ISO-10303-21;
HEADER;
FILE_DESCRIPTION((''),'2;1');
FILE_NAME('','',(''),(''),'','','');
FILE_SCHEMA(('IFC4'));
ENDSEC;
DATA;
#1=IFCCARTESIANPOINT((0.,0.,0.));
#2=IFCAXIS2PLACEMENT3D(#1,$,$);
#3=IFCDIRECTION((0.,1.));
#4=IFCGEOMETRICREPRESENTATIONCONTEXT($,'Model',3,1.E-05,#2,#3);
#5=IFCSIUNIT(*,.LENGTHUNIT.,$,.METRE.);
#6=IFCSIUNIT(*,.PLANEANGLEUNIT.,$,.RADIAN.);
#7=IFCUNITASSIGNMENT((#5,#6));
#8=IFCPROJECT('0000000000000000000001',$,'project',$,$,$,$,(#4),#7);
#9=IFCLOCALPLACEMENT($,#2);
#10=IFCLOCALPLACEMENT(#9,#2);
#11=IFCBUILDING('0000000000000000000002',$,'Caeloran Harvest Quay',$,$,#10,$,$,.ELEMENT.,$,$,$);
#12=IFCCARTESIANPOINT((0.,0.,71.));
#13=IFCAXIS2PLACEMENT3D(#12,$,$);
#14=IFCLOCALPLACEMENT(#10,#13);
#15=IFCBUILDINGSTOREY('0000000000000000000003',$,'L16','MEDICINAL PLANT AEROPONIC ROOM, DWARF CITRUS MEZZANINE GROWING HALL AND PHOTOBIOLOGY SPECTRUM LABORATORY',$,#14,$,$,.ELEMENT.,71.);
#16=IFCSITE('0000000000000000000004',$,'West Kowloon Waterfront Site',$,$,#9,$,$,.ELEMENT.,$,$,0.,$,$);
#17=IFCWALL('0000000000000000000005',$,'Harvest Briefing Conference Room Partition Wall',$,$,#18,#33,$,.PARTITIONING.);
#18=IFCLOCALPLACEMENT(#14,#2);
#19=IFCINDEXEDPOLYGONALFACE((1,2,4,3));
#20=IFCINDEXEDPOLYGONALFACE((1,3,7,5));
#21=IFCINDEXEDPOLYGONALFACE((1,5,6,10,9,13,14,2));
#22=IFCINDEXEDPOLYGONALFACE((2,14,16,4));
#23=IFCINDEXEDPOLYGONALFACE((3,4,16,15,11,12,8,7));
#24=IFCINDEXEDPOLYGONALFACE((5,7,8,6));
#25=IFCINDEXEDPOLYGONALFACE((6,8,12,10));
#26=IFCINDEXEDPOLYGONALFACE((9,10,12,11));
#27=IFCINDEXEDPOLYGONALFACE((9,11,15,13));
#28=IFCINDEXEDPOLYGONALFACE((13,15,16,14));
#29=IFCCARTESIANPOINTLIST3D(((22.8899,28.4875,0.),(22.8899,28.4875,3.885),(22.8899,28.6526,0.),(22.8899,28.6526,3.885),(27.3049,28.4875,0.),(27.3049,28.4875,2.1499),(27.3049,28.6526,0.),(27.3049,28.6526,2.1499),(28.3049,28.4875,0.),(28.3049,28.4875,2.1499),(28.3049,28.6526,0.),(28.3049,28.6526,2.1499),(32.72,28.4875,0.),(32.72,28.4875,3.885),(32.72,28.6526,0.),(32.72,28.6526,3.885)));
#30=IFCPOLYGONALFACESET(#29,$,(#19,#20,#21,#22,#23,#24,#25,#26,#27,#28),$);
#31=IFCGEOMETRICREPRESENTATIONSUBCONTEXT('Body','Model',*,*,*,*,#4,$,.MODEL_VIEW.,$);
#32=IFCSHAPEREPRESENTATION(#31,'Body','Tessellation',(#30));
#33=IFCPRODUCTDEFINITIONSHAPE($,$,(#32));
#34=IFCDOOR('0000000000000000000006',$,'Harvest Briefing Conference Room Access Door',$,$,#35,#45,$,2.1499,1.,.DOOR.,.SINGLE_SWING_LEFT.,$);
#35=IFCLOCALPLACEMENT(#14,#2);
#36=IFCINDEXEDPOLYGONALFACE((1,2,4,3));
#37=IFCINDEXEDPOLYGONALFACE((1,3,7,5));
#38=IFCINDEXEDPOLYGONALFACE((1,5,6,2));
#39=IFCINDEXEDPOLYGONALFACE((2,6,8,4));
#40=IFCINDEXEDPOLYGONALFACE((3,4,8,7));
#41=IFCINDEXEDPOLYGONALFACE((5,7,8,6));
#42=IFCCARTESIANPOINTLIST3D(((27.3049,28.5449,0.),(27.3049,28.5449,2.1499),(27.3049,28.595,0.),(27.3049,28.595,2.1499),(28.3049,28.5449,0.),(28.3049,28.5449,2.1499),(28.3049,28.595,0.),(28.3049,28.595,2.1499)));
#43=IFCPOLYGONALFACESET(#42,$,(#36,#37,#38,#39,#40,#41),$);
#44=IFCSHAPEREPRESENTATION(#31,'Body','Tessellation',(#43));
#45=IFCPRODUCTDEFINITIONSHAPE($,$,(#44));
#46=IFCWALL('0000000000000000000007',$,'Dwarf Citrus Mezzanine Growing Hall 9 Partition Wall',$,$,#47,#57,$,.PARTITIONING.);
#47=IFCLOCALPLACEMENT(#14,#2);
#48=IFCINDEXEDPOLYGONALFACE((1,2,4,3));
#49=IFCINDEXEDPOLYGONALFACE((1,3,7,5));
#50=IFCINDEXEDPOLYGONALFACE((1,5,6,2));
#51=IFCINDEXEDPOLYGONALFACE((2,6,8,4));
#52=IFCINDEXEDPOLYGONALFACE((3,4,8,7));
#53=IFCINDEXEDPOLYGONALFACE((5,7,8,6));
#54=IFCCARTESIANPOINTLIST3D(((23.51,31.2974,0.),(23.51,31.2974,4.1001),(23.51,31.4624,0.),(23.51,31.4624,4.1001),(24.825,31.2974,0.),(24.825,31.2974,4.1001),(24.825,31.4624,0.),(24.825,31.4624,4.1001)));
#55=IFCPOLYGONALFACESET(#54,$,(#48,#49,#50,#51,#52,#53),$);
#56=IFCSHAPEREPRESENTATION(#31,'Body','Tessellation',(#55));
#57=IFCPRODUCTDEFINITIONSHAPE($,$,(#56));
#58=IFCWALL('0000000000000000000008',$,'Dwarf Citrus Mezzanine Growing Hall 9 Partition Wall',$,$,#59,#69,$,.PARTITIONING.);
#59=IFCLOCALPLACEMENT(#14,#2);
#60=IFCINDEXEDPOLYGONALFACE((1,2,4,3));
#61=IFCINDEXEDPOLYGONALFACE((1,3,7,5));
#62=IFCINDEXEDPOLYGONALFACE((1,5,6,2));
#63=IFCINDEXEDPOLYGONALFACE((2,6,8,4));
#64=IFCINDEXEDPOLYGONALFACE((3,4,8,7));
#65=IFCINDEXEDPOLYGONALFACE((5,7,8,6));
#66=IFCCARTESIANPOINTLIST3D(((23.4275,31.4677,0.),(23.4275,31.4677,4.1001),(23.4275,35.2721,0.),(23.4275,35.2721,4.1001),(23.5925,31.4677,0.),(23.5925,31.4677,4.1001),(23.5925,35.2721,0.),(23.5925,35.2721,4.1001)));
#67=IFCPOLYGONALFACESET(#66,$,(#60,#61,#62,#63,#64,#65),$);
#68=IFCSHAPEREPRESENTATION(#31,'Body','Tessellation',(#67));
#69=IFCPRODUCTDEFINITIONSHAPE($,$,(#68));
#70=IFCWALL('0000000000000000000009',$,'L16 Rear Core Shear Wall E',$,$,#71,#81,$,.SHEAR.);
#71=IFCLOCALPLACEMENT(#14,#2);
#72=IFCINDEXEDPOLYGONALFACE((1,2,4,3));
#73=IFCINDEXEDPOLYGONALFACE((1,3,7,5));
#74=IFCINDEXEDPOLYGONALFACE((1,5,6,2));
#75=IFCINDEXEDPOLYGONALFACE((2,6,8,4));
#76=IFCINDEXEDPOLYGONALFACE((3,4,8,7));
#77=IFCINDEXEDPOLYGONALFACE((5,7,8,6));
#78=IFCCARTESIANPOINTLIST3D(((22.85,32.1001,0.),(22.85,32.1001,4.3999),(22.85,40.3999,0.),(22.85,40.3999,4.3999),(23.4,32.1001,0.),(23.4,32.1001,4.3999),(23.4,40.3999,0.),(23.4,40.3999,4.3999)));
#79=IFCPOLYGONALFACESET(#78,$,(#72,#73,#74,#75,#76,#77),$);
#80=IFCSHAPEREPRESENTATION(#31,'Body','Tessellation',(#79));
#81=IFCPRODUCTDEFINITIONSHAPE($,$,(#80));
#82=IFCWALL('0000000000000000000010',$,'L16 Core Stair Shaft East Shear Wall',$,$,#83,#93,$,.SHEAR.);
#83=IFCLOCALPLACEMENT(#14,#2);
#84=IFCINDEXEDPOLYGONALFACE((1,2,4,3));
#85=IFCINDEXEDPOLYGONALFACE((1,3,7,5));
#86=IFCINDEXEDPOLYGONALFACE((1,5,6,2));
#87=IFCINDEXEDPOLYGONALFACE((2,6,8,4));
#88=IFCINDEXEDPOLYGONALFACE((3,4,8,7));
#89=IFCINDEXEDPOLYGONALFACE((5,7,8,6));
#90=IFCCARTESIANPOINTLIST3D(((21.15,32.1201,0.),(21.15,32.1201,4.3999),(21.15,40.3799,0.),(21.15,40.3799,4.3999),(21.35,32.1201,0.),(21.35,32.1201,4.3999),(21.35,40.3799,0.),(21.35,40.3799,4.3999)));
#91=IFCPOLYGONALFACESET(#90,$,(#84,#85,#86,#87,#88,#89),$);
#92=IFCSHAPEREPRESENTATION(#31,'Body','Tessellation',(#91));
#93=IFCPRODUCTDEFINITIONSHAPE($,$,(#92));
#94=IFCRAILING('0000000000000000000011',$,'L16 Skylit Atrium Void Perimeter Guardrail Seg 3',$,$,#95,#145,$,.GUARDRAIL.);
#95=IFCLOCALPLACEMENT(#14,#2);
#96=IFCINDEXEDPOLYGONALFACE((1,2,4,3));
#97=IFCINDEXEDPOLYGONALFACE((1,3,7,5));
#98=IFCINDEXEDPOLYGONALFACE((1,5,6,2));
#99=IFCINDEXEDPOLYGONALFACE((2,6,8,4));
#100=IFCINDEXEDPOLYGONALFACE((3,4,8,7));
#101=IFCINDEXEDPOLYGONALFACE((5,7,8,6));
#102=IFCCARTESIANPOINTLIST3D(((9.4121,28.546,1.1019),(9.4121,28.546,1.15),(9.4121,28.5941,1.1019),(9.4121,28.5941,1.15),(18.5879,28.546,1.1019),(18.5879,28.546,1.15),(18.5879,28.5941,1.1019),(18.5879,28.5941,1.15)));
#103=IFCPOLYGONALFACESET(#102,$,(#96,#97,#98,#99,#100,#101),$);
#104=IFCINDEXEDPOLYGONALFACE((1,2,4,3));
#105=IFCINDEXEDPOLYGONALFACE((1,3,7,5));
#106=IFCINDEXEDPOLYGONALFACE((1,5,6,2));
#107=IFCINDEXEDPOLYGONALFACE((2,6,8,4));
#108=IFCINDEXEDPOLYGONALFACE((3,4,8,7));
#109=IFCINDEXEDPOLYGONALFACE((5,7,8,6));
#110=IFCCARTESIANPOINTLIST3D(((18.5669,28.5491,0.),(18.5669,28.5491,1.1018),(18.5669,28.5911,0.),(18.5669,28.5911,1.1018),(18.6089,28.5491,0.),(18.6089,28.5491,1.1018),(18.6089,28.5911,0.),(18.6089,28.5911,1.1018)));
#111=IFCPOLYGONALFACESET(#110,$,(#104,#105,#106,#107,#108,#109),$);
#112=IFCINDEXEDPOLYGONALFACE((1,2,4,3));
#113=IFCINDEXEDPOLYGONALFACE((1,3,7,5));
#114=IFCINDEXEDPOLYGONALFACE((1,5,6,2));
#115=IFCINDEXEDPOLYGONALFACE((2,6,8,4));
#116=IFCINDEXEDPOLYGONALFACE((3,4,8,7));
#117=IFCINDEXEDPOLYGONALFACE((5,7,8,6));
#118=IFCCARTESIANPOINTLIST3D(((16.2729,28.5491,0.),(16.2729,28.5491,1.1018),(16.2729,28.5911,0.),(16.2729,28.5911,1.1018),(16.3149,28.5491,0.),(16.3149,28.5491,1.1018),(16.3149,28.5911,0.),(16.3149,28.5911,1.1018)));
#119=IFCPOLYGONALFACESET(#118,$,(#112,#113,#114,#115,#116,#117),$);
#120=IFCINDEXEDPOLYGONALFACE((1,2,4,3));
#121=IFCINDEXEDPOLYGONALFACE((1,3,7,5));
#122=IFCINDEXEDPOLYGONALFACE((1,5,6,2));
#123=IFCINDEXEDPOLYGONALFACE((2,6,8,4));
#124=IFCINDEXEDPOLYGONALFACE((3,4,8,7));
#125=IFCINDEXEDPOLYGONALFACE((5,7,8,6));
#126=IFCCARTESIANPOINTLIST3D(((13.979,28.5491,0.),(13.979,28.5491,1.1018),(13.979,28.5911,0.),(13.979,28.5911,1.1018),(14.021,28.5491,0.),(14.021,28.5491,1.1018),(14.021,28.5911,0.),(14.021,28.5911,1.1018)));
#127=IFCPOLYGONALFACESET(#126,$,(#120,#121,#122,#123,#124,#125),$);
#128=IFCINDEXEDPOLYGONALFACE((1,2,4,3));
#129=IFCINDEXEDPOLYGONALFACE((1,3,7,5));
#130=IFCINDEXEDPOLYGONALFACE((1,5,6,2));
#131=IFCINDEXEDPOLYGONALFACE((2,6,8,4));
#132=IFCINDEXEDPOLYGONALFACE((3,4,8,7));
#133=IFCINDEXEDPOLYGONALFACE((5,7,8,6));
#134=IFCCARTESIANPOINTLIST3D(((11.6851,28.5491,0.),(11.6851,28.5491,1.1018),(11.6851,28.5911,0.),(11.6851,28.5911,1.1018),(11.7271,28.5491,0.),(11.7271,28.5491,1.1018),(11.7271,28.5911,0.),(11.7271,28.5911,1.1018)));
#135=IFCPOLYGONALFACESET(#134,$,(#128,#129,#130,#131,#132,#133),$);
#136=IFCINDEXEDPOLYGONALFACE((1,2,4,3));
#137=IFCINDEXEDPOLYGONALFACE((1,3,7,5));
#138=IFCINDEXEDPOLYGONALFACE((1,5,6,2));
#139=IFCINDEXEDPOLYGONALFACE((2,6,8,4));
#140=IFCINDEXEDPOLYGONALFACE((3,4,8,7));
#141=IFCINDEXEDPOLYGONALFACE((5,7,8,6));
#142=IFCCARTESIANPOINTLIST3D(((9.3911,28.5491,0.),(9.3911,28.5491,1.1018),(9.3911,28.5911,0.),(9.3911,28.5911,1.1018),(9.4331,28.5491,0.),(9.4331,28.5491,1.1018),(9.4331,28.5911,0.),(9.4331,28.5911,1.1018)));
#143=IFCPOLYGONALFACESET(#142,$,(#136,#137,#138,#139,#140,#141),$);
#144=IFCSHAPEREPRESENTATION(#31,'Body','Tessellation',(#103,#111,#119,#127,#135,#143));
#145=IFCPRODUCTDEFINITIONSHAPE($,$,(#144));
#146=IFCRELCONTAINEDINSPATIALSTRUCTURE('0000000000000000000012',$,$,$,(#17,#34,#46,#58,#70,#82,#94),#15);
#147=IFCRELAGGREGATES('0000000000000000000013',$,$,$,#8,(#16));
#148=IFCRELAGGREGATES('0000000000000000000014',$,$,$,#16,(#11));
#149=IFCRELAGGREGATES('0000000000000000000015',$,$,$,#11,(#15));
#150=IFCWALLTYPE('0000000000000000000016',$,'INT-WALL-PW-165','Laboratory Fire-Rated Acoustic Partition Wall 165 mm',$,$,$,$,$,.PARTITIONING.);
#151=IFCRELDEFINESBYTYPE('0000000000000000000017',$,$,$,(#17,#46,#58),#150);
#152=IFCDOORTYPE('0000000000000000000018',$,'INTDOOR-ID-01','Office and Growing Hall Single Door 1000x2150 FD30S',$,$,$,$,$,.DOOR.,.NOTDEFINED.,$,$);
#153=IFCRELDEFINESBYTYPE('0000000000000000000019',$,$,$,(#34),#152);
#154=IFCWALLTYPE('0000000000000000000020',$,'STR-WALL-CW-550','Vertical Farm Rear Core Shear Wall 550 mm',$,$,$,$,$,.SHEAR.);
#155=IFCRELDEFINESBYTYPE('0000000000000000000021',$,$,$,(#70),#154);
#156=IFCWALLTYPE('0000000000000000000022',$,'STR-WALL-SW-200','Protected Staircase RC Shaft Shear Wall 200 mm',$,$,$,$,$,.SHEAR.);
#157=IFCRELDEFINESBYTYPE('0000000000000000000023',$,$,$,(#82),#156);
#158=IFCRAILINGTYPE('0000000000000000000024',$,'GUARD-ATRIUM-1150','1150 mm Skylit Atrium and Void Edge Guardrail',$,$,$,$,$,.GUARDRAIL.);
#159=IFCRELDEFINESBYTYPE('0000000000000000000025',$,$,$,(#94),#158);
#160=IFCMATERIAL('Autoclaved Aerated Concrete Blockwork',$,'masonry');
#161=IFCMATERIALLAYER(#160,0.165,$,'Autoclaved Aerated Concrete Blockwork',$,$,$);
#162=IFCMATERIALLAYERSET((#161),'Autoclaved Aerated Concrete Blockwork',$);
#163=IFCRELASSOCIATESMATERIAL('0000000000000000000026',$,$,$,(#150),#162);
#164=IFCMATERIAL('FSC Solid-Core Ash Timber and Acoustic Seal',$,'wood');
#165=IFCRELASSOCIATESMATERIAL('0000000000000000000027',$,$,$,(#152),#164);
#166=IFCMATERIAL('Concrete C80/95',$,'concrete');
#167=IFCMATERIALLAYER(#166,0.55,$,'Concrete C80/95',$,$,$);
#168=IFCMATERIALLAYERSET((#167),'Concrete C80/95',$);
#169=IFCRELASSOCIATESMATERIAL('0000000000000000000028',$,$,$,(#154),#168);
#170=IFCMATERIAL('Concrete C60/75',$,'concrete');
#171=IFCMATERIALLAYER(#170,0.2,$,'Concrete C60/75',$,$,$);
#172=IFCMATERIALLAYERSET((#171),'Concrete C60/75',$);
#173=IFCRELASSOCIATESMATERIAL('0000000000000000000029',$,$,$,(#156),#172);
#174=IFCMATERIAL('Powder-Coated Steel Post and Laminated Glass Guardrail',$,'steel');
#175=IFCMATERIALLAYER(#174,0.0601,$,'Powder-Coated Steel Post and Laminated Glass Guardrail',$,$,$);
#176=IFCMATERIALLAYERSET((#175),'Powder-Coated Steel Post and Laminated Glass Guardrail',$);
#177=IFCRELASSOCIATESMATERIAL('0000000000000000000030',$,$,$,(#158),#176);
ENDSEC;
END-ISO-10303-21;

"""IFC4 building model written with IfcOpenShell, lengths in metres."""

from ifc_helpers import new_model, si_unit, direction, frame, frame_2d, origin, origin_2d, place, context, subcontext, project, spatial, rectangle, extrude, material, layer, layer_set, type_object, element, fill, save


model = new_model("IFC4")

# Units and contexts
model_context = context("Model", 3, precision=1e-05, world=origin(), true_north=direction((0.0, 1.0)))
body_context = subcontext(model_context, "Body", "Model", "MODEL_VIEW")
ifc_project = project(units=[si_unit("LENGTHUNIT", "METRE"), si_unit("PLANEANGLEUNIT", "RADIAN")], contexts=[model_context])

# Site, building, storey
site_placement = place(None, origin())
site = spatial("IfcSite", under=ifc_project, at=site_placement, Name="West Kowloon Waterfront Site", CompositionType="ELEMENT", RefElevation=0.0)
building_placement = place(site_placement, origin())
building = spatial("IfcBuilding", under=site, at=building_placement, Name="Caeloran Harvest Quay", CompositionType="ELEMENT")
storey_placement = place(building_placement, frame((0.0, 0.0, 71.0)))
storey = spatial("IfcBuildingStorey", under=building, at=storey_placement, Name="L16", Description="MEDICINAL PLANT AEROPONIC ROOM, DWARF CITRUS MEZZANINE GROWING HALL AND PHOTOBIOLOGY SPECTRUM LABORATORY", CompositionType="ELEMENT", Elevation=71.0)

# Shared definitions
ifc_material_1 = material(Name="Concrete C80/95", Category="concrete")

# Wall, opening, door
ifc_material_2 = material(Name="Autoclaved Aerated Concrete Blockwork", Category="masonry")
ifc_layer_1 = layer(ifc_material_2, 0.165, Name="Autoclaved Aerated Concrete Blockwork")
ifc_layer_set_1 = layer_set([ifc_layer_1], Name="Autoclaved Aerated Concrete Blockwork")
wall_type_1 = type_object("IfcWallType", Name="INT-WALL-PW-165", Description="Laboratory Fire-Rated Acoustic Partition Wall 165 mm", PredefinedType="PARTITIONING", material=ifc_layer_set_1)
wall_1_placement = place(storey_placement, frame((22.8899, 28.5701, 0.0), z_axis=(0.0, 0.0, 1.0), x_axis=(1.0, 0.0, 0.0)))
wall_1 = element("IfcWall", 1, at=wall_1_placement, inside=storey, type_object=wall_type_1, Name="Harvest Briefing Conference Room Partition Wall", PredefinedType="PARTITIONING", context=body_context, shape_type="SweptSolid", body=[
    extrude(rectangle(XDim=9.8301, YDim=0.165, at=frame_2d((4.915, 0.0))), origin(), (0.0, 0.0, 1.0), 3.885),
])
opening_1_placement = place(wall_1_placement, frame((4.415, 0.0, 0.0)))
opening_1 = element("IfcOpeningElement", 2, at=opening_1_placement, cuts=wall_1, PredefinedType="OPENING", context=body_context, shape_type="SweptSolid", body=[
    extrude(rectangle(XDim=1.0, YDim=2.1499, at=frame_2d((0.5, 1.075))), frame((0.0, 0.0925, 0.0), z_axis=(0.0, -1.0, 0.0), x_axis=(1.0, 0.0, 0.0)), (0.0, 0.0, 1.0), 0.1851),
])
ifc_material_3 = material(Name="FSC Solid-Core Ash Timber and Acoustic Seal", Category="wood")
door_type_1 = type_object("IfcDoorType", Name="INTDOOR-ID-01", Description="Office and Growing Hall Single Door 1000x2150 FD30S", OperationType="NOTDEFINED", PredefinedType="DOOR", material=ifc_material_3)
door_1_placement = place(opening_1_placement, origin())
door_1 = element("IfcDoor", 3, at=door_1_placement, inside=storey, type_object=door_type_1, Name="Harvest Briefing Conference Room Access Door", OperationType="SINGLE_SWING_LEFT", OverallHeight=2.1499, OverallWidth=1.0, PredefinedType="DOOR", context=body_context, shape_type="SweptSolid", body=[
    extrude(rectangle(XDim=1.0, YDim=2.1499, at=frame_2d((0.5, 1.075))), frame((0.0, 0.0249, 0.0), z_axis=(0.0, -1.0, 0.0), x_axis=(1.0, 0.0, 0.0)), (0.0, 0.0, 1.0), 0.05),
])
fill(opening_1, door_1)

# Walls
wall_2_placement = place(storey_placement, frame((24.825, 31.3799, 0.0), z_axis=(0.0, 0.0, 1.0), x_axis=(-1.0, 0.0, 0.0)))
element("IfcWall", 4, at=wall_2_placement, inside=storey, type_object=wall_type_1, Name="Dwarf Citrus Mezzanine Growing Hall 9 Partition Wall", PredefinedType="PARTITIONING", context=body_context, shape_type="SweptSolid", body=[
    extrude(rectangle(XDim=1.3149, YDim=0.165, at=frame_2d((0.6575, 0.0))), origin(), (0.0, 0.0, 1.0), 4.1001),
])
wall_3_placement = place(storey_placement, frame((23.51, 31.4675, 0.0), z_axis=(0.0, 0.0, 1.0), x_axis=(0.0, 1.0, 0.0)))
element("IfcWall", 5, at=wall_3_placement, inside=storey, type_object=wall_type_1, Name="Dwarf Citrus Mezzanine Growing Hall 9 Partition Wall", PredefinedType="PARTITIONING", context=body_context, shape_type="SweptSolid", body=[
    extrude(rectangle(XDim=3.8044, YDim=0.165, at=frame_2d((1.9023, 0.0))), origin(), (0.0, 0.0, 1.0), 4.1001),
])
ifc_layer_2 = layer(ifc_material_1, 0.55, Name="Concrete C80/95")
ifc_layer_set_2 = layer_set([ifc_layer_2], Name="Concrete C80/95")
wall_type_2 = type_object("IfcWallType", Name="STR-WALL-CW-550", Description="Vertical Farm Rear Core Shear Wall 550 mm", PredefinedType="SHEAR", material=ifc_layer_set_2)
wall_4_placement = place(storey_placement, frame((23.125, 32.1001, 0.0), z_axis=(0.0, 0.0, 1.0), x_axis=(0.0, 1.0, 0.0)))
element("IfcWall", 6, at=wall_4_placement, inside=storey, type_object=wall_type_2, Name="L16 Rear Core Shear Wall E", PredefinedType="SHEAR", context=body_context, shape_type="SweptSolid", body=[
    extrude(rectangle(XDim=8.2998, YDim=0.55, at=frame_2d((4.1499, 0.0))), origin(), (0.0, 0.0, 1.0), 4.3999),
])
ifc_material_4 = material(Name="Concrete C60/75", Category="concrete")
ifc_layer_3 = layer(ifc_material_4, 0.2, Name="Concrete C60/75")
ifc_layer_set_3 = layer_set([ifc_layer_3], Name="Concrete C60/75")
wall_type_3 = type_object("IfcWallType", Name="STR-WALL-SW-200", Description="Protected Staircase RC Shaft Shear Wall 200 mm", PredefinedType="SHEAR", material=ifc_layer_set_3)
wall_5_placement = place(storey_placement, frame((21.25, 32.1201, 0.0), z_axis=(0.0, 0.0, 1.0), x_axis=(0.0, 1.0, 0.0)))
element("IfcWall", 7, at=wall_5_placement, inside=storey, type_object=wall_type_3, Name="L16 Core Stair Shaft East Shear Wall", PredefinedType="SHEAR", context=body_context, shape_type="SweptSolid", body=[
    extrude(rectangle(XDim=8.2598, YDim=0.2, at=frame_2d((4.1299, 0.0))), origin(), (0.0, 0.0, 1.0), 4.3999),
])

# Railing
ifc_material_5 = material(Name="Powder-Coated Steel Post and Laminated Glass Guardrail", Category="steel")
ifc_layer_4 = layer(ifc_material_5, 0.0601, Name="Powder-Coated Steel Post and Laminated Glass Guardrail")
ifc_layer_set_4 = layer_set([ifc_layer_4], Name="Powder-Coated Steel Post and Laminated Glass Guardrail")
railing_type = type_object("IfcRailingType", Name="GUARD-ATRIUM-1150", Description="1150 mm Skylit Atrium and Void Edge Guardrail", PredefinedType="GUARDRAIL", material=ifc_layer_set_4)
railing_placement = place(storey_placement, frame((18.5879, 28.5701, 0.0)))
element("IfcRailing", 8, at=railing_placement, inside=storey, type_object=railing_type, Name="L16 Skylit Atrium Void Perimeter Guardrail Seg 3", PredefinedType="GUARDRAIL", context=body_context, shape_type="SweptSolid", body=[
    extrude(rectangle(XDim=0.0481, YDim=0.0481, at=origin_2d()), frame((0.0, 0.0, 1.126), z_axis=(-1.0, 0.0, 0.0), x_axis=(0.0, -1.0, 0.0)), (0.0, 0.0, 1.0), 9.1758),
    extrude(rectangle(XDim=0.042, YDim=0.042, at=origin_2d()), origin(), (0.0, 0.0, 1.0), 1.1018),
    extrude(rectangle(XDim=0.042, YDim=0.042, at=origin_2d()), frame((-2.2939, 0.0, 0.0)), (0.0, 0.0, 1.0), 1.1018),
    extrude(rectangle(XDim=0.042, YDim=0.042, at=origin_2d()), frame((-4.5879, 0.0, 0.0)), (0.0, 0.0, 1.0), 1.1018),
    extrude(rectangle(XDim=0.042, YDim=0.042, at=origin_2d()), frame((-6.8818, 0.0, 0.0)), (0.0, 0.0, 1.0), 1.1018),
    extrude(rectangle(XDim=0.042, YDim=0.042, at=origin_2d()), frame((-9.1758, 0.0, 0.0)), (0.0, 0.0, 1.0), 1.1018),
])

save(model, "model.ifc")
